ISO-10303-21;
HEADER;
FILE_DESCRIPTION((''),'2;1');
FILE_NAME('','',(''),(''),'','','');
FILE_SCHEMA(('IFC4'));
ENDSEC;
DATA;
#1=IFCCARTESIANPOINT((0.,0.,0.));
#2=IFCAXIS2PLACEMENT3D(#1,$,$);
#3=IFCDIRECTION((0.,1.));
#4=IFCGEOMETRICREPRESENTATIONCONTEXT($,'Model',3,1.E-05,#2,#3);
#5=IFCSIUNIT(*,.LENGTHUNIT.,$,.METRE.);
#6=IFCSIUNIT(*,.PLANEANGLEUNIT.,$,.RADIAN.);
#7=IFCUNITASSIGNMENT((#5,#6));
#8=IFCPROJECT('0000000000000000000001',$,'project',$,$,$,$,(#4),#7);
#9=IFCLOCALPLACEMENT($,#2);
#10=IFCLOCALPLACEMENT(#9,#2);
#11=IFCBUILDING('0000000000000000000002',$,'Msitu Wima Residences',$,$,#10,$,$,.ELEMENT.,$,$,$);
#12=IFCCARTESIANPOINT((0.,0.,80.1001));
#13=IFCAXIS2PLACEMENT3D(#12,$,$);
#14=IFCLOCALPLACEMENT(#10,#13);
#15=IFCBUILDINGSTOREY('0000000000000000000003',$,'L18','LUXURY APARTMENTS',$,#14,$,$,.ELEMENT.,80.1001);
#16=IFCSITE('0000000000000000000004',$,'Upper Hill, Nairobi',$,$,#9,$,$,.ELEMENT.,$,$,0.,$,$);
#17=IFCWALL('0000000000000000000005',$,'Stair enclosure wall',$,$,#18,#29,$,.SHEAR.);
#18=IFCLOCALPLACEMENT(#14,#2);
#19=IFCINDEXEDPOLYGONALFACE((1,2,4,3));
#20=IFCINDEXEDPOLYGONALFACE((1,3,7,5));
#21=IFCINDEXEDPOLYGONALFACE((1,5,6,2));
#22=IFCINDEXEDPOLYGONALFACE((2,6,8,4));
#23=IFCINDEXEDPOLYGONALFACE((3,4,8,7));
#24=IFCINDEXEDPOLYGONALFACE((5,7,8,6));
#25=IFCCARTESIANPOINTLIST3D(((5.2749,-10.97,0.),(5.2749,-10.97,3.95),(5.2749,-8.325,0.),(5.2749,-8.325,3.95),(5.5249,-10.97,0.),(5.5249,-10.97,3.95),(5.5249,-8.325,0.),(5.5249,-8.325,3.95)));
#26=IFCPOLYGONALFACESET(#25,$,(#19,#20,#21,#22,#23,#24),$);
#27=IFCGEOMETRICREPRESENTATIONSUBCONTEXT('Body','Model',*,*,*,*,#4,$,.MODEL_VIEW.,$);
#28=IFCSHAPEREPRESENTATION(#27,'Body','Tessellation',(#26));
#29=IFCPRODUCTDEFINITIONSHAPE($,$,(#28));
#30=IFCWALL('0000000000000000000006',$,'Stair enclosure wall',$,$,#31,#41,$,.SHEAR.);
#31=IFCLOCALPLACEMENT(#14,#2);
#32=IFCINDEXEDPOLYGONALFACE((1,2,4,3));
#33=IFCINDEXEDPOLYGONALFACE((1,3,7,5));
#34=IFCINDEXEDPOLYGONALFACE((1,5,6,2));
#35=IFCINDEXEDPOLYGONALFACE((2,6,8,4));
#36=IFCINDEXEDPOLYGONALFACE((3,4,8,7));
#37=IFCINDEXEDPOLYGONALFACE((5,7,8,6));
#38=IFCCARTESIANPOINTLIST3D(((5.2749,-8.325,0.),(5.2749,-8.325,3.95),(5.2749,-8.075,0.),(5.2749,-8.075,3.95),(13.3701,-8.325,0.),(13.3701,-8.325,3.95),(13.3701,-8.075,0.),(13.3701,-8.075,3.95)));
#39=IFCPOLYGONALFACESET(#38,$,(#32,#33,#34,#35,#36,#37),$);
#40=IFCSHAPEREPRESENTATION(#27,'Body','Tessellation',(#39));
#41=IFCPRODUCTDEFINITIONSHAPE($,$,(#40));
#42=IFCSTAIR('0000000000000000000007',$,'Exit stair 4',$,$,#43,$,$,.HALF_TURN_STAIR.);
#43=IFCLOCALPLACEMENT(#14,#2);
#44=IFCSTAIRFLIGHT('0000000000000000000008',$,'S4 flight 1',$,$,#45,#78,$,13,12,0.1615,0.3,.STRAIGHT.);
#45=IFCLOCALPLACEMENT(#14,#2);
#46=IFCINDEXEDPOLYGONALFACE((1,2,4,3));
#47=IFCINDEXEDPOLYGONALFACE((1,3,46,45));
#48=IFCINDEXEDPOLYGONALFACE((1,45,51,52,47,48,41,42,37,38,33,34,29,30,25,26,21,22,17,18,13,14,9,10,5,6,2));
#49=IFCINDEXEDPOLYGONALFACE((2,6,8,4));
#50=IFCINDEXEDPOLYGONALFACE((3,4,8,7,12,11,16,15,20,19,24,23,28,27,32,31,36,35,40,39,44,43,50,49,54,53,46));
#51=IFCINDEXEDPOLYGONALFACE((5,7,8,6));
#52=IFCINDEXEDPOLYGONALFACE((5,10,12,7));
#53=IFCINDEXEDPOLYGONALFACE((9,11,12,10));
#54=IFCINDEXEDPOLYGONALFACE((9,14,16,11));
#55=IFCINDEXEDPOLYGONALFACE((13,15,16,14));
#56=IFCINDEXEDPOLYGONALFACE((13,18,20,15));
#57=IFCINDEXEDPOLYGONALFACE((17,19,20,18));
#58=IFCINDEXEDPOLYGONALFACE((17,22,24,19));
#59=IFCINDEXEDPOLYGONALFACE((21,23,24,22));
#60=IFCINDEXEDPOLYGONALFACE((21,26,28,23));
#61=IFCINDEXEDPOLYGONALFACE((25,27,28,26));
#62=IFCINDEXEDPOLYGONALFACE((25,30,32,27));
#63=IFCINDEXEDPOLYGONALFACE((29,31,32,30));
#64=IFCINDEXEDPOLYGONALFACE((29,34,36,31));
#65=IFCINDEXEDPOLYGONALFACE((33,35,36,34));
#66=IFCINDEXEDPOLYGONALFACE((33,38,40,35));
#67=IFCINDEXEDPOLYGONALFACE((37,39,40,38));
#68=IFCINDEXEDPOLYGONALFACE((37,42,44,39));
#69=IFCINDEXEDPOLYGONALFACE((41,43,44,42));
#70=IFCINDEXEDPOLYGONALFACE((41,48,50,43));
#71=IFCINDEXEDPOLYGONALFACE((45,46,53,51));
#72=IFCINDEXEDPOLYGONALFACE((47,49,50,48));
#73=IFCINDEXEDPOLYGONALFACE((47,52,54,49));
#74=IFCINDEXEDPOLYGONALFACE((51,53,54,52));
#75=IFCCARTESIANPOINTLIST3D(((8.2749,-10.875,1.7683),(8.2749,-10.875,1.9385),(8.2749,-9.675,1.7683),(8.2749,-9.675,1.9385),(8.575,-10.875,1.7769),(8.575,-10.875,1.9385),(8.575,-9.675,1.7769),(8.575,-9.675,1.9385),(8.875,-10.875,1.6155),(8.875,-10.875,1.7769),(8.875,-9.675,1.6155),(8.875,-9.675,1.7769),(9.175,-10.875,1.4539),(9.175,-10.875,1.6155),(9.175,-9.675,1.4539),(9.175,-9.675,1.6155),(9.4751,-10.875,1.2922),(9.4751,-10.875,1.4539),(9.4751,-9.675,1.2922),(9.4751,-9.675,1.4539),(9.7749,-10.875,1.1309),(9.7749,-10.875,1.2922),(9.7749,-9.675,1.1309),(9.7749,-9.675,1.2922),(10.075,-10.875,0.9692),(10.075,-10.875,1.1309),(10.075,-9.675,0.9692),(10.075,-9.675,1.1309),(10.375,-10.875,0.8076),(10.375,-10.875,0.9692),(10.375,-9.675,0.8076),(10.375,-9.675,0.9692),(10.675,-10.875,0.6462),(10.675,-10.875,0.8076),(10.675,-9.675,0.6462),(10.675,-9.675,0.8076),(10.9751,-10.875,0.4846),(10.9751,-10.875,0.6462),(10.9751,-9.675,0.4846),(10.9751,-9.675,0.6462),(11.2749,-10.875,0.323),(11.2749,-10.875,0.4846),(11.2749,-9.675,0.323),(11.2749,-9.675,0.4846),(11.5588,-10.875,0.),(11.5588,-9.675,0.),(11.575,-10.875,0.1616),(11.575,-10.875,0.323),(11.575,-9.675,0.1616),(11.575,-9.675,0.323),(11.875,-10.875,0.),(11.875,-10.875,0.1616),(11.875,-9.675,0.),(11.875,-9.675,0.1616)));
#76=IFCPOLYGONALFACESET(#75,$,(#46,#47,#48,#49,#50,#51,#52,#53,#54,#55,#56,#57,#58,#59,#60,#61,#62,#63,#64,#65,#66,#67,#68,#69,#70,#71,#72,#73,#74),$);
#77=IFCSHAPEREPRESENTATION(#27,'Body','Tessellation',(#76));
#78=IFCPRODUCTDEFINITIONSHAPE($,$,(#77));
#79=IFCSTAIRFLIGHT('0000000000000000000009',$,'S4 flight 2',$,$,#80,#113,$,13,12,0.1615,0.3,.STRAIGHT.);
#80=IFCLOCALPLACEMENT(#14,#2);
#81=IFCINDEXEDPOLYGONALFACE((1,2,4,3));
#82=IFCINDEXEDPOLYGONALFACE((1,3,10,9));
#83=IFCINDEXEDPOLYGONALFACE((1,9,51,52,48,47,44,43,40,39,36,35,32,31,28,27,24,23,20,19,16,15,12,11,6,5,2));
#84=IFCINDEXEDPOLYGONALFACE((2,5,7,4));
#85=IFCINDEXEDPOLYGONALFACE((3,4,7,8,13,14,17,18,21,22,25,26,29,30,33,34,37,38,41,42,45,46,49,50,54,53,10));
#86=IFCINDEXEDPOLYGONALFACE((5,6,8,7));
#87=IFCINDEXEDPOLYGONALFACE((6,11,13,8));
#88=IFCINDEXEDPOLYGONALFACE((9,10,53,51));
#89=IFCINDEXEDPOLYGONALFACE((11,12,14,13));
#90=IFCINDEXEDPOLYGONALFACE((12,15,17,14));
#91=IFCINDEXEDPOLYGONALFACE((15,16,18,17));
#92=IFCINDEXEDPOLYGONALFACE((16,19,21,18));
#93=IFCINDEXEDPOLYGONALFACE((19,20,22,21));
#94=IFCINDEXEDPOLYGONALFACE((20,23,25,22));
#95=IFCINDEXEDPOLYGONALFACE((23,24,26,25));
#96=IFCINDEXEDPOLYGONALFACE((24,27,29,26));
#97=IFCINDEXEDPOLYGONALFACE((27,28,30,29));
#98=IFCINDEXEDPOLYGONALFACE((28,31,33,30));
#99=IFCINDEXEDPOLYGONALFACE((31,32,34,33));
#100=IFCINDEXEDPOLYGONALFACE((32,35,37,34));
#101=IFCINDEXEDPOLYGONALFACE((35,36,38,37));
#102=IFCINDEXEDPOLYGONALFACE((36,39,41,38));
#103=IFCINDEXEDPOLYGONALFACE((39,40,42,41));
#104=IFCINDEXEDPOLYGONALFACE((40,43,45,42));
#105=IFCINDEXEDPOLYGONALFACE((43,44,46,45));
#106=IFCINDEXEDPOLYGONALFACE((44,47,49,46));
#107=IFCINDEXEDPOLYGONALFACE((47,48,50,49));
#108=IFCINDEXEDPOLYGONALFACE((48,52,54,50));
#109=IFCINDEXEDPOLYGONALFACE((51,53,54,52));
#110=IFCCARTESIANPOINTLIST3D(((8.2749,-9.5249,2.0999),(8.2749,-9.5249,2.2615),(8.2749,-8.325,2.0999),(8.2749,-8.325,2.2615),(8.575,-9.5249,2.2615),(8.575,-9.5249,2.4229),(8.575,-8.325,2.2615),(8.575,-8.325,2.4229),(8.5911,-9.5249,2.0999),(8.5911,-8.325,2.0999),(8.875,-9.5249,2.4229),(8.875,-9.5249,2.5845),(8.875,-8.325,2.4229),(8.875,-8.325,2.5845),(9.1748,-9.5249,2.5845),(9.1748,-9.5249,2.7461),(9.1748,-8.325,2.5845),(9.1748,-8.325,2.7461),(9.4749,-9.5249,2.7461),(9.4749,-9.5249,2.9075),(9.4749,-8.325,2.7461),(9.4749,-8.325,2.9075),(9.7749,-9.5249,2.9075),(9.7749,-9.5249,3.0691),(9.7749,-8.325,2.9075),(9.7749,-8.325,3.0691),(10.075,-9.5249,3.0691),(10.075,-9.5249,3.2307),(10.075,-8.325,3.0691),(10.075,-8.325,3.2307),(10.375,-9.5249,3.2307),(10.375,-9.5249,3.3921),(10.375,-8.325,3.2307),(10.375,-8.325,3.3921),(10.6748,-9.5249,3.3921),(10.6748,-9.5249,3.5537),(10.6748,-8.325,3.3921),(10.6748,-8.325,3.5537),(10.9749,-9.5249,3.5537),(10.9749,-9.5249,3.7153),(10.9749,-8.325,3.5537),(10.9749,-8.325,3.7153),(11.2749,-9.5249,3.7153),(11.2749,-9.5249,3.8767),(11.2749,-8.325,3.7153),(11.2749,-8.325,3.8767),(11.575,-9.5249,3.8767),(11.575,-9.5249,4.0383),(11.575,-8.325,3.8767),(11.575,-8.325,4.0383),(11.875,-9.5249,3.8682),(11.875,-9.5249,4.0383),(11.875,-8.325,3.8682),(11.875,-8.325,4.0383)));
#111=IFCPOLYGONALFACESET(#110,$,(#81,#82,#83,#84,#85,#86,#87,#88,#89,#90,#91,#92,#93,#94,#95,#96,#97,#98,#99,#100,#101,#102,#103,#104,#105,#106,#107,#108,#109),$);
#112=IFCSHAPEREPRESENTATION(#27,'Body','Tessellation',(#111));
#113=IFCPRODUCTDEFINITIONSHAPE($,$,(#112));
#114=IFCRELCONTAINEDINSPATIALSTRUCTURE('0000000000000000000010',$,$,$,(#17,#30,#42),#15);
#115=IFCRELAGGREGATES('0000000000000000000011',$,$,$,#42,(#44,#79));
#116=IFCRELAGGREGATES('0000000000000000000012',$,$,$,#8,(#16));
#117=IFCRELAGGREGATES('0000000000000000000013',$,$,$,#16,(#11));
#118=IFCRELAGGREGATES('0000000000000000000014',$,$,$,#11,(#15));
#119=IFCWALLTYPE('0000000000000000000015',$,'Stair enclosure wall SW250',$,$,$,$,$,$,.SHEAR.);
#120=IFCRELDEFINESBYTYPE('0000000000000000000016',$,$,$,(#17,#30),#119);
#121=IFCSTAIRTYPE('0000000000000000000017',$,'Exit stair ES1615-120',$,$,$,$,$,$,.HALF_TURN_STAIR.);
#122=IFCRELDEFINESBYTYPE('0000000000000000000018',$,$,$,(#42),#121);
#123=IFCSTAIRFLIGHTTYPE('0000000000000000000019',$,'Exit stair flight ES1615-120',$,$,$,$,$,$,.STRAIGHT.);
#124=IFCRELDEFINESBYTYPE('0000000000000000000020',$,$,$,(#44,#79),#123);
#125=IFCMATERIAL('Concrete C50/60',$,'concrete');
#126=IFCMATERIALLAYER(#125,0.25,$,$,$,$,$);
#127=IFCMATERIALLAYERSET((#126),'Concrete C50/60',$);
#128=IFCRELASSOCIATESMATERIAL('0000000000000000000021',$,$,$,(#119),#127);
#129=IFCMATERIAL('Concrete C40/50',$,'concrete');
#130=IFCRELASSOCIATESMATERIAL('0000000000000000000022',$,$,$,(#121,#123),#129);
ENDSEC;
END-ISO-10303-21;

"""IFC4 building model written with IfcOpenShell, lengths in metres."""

from ifc_helpers import new_model, si_unit, direction, frame, frame_2d, origin, place, context, subcontext, project, spatial, polyline, rectangle, outline, extrude, material, layer, layer_set, type_object, element, aggregate, save


model = new_model("IFC4")

# Units and contexts
model_context = context("Model", 3, precision=1e-05, world=origin(), true_north=direction((0.0, 1.0)))
body_context = subcontext(model_context, "Body", "Model", "MODEL_VIEW")
ifc_project = project(units=[si_unit("LENGTHUNIT", "METRE"), si_unit("PLANEANGLEUNIT", "RADIAN")], contexts=[model_context])

# Site, building, storey
site_placement = place(None, origin())
site = spatial("IfcSite", under=ifc_project, at=site_placement, Name="Upper Hill, Nairobi", CompositionType="ELEMENT", RefElevation=0.0)
building_placement = place(site_placement, origin())
building = spatial("IfcBuilding", under=site, at=building_placement, Name="Msitu Wima Residences", CompositionType="ELEMENT")
storey_placement = place(building_placement, frame((0.0, 0.0, 80.1001)))
storey = spatial("IfcBuildingStorey", under=building, at=storey_placement, Name="L18", Description="LUXURY APARTMENTS", CompositionType="ELEMENT", Elevation=80.1001)

# Shared definitions
ifc_material_1 = material(Name="Concrete C40/50", Category="concrete")

# Walls
ifc_material_2 = material(Name="Concrete C50/60", Category="concrete")
ifc_layer_1 = layer(ifc_material_2, 0.25)
ifc_layer_set_1 = layer_set([ifc_layer_1], Name="Concrete C50/60")
wall_type_1 = type_object("IfcWallType", Name="Stair enclosure wall SW250", PredefinedType="SHEAR", material=ifc_layer_set_1)
wall_1_placement = place(storey_placement, frame((5.3999, -10.97, 0.0), z_axis=(0.0, 0.0, 1.0), x_axis=(0.0, 1.0, 0.0)))
element("IfcWall", 1, at=wall_1_placement, inside=storey, type_object=wall_type_1, Name="Stair enclosure wall", PredefinedType="SHEAR", context=body_context, shape_type="SweptSolid", body=[
    extrude(rectangle(XDim=2.645, YDim=0.25, at=frame_2d((1.3225, 0.0))), origin(), (0.0, 0.0, 1.0), 3.95),
])
wall_2_placement = place(storey_placement, frame((5.2749, -8.2, 0.0), z_axis=(0.0, 0.0, 1.0), x_axis=(1.0, 0.0, 0.0)))
element("IfcWall", 2, at=wall_2_placement, inside=storey, type_object=wall_type_1, Name="Stair enclosure wall", PredefinedType="SHEAR", context=body_context, shape_type="SweptSolid", body=[
    extrude(rectangle(XDim=8.0952, YDim=0.25, at=frame_2d((4.0476, 0.0))), origin(), (0.0, 0.0, 1.0), 3.95),
])

# Stair, stair flights
stair_type = type_object("IfcStairType", Name="Exit stair ES1615-120", PredefinedType="HALF_TURN_STAIR", material=ifc_material_1)
stair_placement = place(storey_placement, origin())
stair = element("IfcStair", 3, at=stair_placement, inside=storey, type_object=stair_type, Name="Exit stair 4", PredefinedType="HALF_TURN_STAIR")
stair_flight_type = type_object("IfcStairFlightType", Name="Exit stair flight ES1615-120", PredefinedType="STRAIGHT", material=ifc_material_1)
stair_flight_1_placement = place(storey_placement, frame((11.875, -10.2749, 0.0), z_axis=(0.0, 0.0, 1.0), x_axis=(-1.0, 0.0, 0.0)))
stair_flight_1 = element("IfcStairFlight", 4, at=stair_flight_1_placement, type_object=stair_flight_type, Name="S4 flight 1", NumberOfRisers=13, NumberOfTreads=12, PredefinedType="STRAIGHT", RiserHeight=0.1615, TreadLength=0.3, context=body_context, shape_type="SweptSolid", body=[
    extrude(outline(polyline([(0.0, 0.0), (0.0, 0.1616), (0.3, 0.1616), (0.3, 0.323), (0.6001, 0.323), (0.6001, 0.4846), (0.8999, 0.4846), (0.8999, 0.6462), (1.2, 0.6462), (1.2, 0.8076), (1.5, 0.8076), (1.5, 0.9692), (1.8, 0.9692), (1.8, 1.1309), (2.1001, 1.1309), (2.1001, 1.2922), (2.3999, 1.2922), (2.3999, 1.4539), (2.7, 1.4539), (2.7, 1.6155), (3.0, 1.6155), (3.0, 1.7769), (3.3, 1.7769), (3.3, 1.9385), (3.6001, 1.9385), (3.6001, 2.1001), (3.6001, 1.7683), (0.3162, 0.0), (0.0, 0.0)])), frame((0.0, 0.6001, 0.0), z_axis=(0.0, -1.0, 0.0), x_axis=(1.0, 0.0, 0.0)), (0.0, 0.0, 1.0), 1.2),
])
stair_flight_2_placement = place(storey_placement, frame((8.2749, -8.925, 2.0999), z_axis=(0.0, 0.0, 1.0), x_axis=(1.0, 0.0, 0.0)))
stair_flight_2 = element("IfcStairFlight", 5, at=stair_flight_2_placement, type_object=stair_flight_type, Name="S4 flight 2", NumberOfRisers=13, NumberOfTreads=12, PredefinedType="STRAIGHT", RiserHeight=0.1615, TreadLength=0.3, context=body_context, shape_type="SweptSolid", body=[
    extrude(outline(polyline([(0.0, 0.0), (0.0, 0.1616), (0.3, 0.1616), (0.3, 0.323), (0.6001, 0.323), (0.6001, 0.4846), (0.8999, 0.4846), (0.8999, 0.6462), (1.2, 0.6462), (1.2, 0.8076), (1.5, 0.8076), (1.5, 0.9692), (1.8, 0.9692), (1.8, 1.1309), (2.1001, 1.1309), (2.1001, 1.2922), (2.3999, 1.2922), (2.3999, 1.4539), (2.7, 1.4539), (2.7, 1.6155), (3.0, 1.6155), (3.0, 1.7769), (3.3, 1.7769), (3.3, 1.9385), (3.6001, 1.9385), (3.6001, 2.1001), (3.6001, 1.7683), (0.3162, 0.0), (0.0, 0.0)])), frame((0.0, 0.6001, 0.0), z_axis=(0.0, -1.0, 0.0), x_axis=(1.0, 0.0, 0.0)), (0.0, 0.0, 1.0), 1.2),
])
aggregate(stair, [stair_flight_1, stair_flight_2])

save(model, "model.ifc")
